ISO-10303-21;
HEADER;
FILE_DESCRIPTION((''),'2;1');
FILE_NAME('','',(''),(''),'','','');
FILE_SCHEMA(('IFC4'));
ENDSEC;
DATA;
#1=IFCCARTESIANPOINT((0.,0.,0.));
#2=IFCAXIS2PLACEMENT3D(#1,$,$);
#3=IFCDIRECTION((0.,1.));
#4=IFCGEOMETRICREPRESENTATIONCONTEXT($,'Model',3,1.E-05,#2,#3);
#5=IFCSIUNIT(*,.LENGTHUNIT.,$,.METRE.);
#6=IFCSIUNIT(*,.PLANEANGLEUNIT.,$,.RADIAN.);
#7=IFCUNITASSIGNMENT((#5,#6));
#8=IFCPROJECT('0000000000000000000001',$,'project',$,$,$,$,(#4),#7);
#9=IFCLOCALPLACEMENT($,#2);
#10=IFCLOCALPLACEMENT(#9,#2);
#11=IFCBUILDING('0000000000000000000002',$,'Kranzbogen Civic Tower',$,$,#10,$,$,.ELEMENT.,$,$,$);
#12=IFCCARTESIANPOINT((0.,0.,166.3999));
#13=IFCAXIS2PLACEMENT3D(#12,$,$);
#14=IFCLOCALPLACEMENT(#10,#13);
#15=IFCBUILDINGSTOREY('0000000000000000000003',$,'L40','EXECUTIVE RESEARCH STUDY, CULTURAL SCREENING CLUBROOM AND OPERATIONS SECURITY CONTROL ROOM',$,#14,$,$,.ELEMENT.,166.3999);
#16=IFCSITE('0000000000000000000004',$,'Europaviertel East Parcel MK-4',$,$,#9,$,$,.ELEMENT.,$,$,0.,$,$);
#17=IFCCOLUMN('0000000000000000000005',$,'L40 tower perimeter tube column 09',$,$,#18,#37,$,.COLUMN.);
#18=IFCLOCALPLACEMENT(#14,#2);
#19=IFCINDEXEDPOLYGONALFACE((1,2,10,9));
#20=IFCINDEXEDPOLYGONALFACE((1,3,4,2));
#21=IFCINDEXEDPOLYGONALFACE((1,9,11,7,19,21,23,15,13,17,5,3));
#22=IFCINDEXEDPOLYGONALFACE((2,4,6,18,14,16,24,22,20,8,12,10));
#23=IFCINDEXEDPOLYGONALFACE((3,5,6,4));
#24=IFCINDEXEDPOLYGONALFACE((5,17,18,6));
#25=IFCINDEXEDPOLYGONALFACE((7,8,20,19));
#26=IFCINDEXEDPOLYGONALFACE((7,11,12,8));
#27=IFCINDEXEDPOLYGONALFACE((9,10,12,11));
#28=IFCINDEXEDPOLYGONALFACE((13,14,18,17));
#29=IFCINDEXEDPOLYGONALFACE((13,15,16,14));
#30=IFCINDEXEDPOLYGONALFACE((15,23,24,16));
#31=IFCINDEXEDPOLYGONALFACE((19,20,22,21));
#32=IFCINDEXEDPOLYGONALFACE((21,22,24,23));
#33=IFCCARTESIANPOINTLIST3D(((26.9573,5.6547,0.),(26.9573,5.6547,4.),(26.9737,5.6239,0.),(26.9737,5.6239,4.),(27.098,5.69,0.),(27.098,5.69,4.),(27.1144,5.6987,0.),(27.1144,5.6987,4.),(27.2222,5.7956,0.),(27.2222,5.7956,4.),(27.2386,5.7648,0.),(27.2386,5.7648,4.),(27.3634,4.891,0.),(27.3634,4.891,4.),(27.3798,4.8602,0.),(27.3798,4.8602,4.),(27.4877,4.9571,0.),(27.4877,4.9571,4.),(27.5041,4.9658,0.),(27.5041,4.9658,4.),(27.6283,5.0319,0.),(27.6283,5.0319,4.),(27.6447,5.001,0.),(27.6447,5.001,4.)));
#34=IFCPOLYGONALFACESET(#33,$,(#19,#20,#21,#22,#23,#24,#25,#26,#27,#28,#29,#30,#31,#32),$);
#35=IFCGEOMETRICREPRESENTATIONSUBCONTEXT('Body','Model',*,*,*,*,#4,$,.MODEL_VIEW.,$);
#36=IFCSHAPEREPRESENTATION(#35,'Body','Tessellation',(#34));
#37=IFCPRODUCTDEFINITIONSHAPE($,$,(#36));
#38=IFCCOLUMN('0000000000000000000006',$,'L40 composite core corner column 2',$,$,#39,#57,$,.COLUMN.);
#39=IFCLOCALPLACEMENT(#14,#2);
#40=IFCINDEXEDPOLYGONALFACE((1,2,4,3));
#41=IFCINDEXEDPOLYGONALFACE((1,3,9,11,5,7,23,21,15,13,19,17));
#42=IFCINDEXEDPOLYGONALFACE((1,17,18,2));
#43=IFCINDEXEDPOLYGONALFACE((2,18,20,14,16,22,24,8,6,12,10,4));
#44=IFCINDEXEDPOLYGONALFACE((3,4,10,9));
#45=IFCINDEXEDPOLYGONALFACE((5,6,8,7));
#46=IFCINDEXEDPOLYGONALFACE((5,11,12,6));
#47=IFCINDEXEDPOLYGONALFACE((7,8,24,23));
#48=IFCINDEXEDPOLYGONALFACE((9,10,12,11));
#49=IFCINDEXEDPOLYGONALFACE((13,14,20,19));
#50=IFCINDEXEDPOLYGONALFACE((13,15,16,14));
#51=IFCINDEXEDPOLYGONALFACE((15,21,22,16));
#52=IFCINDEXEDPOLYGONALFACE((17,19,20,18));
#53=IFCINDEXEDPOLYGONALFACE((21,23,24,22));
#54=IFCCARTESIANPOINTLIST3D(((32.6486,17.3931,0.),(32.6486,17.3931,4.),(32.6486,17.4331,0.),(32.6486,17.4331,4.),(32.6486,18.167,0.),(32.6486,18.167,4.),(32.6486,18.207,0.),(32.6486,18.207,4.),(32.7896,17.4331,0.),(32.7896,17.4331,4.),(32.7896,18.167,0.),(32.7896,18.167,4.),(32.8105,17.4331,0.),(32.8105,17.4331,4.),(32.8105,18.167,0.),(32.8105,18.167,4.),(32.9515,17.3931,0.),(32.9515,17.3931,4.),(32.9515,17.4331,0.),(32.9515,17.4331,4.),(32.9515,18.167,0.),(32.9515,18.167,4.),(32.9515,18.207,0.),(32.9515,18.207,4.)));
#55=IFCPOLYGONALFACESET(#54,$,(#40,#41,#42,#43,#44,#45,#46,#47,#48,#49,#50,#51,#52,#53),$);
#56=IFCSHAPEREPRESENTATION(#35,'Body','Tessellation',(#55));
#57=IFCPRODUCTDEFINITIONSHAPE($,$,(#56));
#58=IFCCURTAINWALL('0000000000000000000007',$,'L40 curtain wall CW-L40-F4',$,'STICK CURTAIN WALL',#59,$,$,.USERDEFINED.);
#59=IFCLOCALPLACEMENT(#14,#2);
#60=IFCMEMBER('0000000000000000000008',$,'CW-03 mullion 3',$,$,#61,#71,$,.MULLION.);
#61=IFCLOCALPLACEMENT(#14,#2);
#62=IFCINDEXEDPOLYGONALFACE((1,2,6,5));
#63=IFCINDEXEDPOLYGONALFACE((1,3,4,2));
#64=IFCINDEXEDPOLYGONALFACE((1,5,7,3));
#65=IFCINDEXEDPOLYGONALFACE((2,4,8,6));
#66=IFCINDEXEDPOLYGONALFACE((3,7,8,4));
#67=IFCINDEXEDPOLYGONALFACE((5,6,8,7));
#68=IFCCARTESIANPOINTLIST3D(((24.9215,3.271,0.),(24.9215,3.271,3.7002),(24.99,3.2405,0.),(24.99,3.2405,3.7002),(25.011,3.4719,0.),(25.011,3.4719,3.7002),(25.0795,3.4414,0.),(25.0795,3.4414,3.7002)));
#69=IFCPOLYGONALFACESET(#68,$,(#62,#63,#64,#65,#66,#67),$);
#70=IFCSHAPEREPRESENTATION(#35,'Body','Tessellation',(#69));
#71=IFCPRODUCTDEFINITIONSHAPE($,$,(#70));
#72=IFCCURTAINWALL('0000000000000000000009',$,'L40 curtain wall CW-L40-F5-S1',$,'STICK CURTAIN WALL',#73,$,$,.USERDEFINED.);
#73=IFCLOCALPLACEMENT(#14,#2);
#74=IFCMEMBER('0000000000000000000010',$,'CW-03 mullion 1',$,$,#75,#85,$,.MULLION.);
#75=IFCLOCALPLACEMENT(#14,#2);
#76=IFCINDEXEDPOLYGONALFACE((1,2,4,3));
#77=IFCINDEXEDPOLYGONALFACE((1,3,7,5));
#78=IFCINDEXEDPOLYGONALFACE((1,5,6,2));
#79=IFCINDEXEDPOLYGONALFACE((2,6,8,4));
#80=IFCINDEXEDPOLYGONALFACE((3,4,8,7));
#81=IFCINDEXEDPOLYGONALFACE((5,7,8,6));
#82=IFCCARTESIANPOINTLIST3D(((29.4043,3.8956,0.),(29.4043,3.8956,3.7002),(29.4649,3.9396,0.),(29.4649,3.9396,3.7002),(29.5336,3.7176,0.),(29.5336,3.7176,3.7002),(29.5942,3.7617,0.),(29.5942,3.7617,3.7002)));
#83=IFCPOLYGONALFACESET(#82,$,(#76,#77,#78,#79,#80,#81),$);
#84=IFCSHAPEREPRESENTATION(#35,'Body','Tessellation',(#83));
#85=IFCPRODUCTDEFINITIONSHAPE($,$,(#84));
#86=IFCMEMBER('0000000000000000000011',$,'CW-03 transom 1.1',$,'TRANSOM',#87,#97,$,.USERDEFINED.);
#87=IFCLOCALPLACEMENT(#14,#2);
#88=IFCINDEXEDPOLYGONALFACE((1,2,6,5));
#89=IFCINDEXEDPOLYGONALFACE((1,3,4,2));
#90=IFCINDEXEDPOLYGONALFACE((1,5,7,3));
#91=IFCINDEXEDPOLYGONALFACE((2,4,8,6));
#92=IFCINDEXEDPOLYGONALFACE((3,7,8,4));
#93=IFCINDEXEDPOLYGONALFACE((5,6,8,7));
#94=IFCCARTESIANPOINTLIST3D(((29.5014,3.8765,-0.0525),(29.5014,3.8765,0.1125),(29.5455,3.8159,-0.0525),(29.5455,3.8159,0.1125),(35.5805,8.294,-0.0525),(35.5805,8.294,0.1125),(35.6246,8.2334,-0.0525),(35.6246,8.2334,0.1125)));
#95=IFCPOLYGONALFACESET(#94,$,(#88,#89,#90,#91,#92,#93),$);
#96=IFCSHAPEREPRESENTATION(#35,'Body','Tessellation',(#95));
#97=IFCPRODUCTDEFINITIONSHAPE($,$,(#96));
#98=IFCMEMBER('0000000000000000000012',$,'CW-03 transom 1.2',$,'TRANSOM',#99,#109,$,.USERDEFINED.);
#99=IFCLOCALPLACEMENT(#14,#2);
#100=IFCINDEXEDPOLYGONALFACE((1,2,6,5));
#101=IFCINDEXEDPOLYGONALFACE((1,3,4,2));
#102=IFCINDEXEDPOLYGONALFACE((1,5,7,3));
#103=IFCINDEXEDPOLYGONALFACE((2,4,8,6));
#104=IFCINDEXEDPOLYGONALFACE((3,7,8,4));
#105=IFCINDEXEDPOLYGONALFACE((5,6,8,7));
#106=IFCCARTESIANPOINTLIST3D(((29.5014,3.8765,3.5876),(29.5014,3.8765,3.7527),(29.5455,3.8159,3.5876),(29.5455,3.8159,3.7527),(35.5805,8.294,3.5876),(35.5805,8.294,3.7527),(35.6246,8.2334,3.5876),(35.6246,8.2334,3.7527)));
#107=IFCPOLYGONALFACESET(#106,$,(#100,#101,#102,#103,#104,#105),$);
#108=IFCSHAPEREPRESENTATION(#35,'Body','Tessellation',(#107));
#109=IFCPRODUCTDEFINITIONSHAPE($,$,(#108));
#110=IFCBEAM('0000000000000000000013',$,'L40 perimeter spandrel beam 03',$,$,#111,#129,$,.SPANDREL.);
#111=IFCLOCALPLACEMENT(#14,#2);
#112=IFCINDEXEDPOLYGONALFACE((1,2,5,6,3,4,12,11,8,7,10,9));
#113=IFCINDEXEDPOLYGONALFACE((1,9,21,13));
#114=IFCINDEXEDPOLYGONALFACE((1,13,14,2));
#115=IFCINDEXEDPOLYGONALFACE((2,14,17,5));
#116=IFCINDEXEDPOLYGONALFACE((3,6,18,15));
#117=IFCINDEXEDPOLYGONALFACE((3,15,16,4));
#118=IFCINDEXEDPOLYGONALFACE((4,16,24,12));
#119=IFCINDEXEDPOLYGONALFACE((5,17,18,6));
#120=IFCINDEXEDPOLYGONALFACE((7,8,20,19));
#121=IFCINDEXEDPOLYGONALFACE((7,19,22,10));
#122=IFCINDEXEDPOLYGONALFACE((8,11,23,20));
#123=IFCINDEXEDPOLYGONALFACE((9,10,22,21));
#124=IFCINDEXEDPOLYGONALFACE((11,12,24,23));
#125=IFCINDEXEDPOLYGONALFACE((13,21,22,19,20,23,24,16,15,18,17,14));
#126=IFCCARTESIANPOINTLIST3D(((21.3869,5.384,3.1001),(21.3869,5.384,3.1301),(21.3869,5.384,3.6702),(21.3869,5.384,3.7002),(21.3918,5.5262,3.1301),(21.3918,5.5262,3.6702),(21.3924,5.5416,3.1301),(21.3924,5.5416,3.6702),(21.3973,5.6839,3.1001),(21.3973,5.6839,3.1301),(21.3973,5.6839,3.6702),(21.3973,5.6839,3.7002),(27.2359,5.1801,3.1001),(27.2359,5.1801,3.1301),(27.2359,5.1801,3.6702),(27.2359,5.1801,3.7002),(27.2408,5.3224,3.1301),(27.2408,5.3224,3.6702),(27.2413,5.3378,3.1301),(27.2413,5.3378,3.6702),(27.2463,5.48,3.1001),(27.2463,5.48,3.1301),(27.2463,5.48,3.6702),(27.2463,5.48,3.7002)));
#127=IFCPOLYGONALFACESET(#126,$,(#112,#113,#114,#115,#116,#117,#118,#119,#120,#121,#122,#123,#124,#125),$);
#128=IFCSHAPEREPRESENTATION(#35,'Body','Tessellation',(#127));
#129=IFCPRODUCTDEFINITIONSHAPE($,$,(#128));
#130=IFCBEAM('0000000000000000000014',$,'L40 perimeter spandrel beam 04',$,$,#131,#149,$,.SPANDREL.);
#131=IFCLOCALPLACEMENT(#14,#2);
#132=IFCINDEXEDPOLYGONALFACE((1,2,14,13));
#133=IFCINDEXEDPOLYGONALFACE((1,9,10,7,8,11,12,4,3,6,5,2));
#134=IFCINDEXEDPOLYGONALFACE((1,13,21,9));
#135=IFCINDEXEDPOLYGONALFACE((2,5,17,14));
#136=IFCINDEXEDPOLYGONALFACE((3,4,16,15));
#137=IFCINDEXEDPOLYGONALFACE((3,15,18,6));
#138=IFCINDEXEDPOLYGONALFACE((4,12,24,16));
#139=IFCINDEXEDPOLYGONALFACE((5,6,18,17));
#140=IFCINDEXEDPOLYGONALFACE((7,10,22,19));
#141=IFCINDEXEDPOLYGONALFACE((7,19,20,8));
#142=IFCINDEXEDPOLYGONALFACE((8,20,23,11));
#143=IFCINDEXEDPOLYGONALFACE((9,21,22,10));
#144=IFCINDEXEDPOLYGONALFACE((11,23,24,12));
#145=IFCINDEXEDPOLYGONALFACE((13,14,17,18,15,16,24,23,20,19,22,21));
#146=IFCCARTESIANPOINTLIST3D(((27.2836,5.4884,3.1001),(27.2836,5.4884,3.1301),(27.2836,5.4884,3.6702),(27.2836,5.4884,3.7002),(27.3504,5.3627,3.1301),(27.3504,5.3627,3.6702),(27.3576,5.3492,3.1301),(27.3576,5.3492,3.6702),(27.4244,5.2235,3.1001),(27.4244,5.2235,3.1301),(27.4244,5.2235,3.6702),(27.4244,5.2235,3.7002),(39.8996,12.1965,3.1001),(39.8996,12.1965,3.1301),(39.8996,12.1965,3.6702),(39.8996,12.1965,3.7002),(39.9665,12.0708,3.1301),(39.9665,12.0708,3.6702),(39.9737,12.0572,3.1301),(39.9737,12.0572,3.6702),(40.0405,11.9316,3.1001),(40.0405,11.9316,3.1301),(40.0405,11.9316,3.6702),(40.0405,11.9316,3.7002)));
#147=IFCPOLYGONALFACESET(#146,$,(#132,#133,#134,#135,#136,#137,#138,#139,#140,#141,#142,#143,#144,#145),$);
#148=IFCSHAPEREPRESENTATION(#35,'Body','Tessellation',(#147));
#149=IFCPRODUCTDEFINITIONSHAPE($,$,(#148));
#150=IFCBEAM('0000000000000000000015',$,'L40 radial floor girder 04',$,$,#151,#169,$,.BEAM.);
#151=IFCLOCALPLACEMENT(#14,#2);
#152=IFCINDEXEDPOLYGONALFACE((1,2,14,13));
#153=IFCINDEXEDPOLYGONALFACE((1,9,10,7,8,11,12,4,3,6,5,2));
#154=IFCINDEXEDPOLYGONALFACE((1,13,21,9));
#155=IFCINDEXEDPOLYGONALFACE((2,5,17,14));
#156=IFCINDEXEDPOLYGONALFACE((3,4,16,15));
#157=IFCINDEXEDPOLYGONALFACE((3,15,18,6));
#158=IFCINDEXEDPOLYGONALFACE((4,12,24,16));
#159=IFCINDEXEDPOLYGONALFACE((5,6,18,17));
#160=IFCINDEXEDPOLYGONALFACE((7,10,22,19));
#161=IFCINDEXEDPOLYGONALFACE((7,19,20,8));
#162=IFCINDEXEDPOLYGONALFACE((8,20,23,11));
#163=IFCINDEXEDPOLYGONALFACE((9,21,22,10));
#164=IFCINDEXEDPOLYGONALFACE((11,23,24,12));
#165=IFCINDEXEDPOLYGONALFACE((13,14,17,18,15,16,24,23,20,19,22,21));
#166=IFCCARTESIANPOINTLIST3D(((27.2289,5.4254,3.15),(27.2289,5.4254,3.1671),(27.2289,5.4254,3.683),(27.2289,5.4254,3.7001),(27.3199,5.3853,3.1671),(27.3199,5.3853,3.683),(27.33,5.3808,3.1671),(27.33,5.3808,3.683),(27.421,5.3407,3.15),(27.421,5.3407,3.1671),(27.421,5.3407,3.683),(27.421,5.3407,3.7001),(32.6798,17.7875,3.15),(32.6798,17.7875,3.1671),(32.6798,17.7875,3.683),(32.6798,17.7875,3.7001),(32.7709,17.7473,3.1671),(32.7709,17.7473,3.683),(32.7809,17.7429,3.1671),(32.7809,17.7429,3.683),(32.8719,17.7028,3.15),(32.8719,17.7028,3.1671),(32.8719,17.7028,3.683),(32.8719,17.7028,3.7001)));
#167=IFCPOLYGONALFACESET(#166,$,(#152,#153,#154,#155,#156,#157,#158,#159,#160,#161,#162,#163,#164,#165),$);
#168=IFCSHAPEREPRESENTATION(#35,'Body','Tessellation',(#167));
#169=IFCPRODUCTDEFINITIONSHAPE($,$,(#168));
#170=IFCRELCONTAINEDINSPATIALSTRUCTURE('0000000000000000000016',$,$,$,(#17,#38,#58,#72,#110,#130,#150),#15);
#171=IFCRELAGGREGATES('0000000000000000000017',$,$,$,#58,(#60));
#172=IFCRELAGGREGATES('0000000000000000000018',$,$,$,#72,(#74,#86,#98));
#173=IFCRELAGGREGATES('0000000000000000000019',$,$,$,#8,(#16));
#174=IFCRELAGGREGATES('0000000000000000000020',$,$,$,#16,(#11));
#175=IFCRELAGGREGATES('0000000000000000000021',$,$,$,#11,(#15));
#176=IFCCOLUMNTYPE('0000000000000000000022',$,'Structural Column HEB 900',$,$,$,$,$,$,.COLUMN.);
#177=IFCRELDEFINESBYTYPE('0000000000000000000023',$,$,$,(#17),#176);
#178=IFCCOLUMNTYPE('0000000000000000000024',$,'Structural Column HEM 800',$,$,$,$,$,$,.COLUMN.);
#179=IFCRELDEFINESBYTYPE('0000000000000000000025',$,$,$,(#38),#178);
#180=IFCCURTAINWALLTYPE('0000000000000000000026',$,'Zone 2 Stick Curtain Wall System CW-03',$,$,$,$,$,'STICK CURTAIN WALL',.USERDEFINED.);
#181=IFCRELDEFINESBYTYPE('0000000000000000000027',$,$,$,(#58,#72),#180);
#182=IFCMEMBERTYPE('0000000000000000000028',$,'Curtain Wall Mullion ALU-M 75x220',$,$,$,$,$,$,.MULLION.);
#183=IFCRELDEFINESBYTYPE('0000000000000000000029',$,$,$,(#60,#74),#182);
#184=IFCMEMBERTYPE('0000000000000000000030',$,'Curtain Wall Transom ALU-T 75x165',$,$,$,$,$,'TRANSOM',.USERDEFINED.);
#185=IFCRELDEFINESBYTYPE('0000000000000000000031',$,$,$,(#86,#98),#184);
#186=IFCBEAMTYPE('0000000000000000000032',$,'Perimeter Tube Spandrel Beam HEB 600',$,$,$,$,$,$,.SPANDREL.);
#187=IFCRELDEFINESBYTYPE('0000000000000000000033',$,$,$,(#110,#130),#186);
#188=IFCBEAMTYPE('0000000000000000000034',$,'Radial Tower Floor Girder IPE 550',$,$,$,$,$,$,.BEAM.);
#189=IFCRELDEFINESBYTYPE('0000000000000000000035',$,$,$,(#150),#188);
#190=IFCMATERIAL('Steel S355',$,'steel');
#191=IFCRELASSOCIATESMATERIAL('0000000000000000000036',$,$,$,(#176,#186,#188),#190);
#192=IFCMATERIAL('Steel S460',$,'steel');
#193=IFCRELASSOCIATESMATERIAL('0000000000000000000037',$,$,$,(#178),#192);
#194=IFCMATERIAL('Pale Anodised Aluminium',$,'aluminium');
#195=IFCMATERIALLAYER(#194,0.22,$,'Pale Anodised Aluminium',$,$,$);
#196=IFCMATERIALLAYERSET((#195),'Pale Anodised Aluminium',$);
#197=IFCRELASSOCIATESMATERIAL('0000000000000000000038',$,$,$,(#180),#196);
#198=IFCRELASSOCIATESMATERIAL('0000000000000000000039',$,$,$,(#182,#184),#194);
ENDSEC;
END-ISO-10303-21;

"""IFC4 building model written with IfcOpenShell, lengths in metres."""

from ifc_helpers import new_model, si_unit, direction, frame, origin, origin_2d, place, context, subcontext, project, spatial, rectangle, i_section, extrude, material, layer, layer_set, material_profile, profile_set, type_object, element, aggregate, save


model = new_model("IFC4")

# Units and contexts
model_context = context("Model", 3, precision=1e-05, world=origin(), true_north=direction((0.0, 1.0)))
body_context = subcontext(model_context, "Body", "Model", "MODEL_VIEW")
ifc_project = project(units=[si_unit("LENGTHUNIT", "METRE"), si_unit("PLANEANGLEUNIT", "RADIAN")], contexts=[model_context])

# Site, building, storey
site_placement = place(None, origin())
site = spatial("IfcSite", under=ifc_project, at=site_placement, Name="Europaviertel East Parcel MK-4", CompositionType="ELEMENT", RefElevation=0.0)
building_placement = place(site_placement, origin())
building = spatial("IfcBuilding", under=site, at=building_placement, Name="Kranzbogen Civic Tower", CompositionType="ELEMENT")
storey_placement = place(building_placement, frame((0.0, 0.0, 166.3999)))
storey = spatial("IfcBuildingStorey", under=building, at=storey_placement, Name="L40", Description="EXECUTIVE RESEARCH STUDY, CULTURAL SCREENING CLUBROOM AND OPERATIONS SECURITY CONTROL ROOM", CompositionType="ELEMENT", Elevation=166.3999)

# Columns
ifc_material_1 = material(Name="Steel S355", Category="steel")
ifc_material_profile_1 = material_profile(ifc_material_1, i_section(OverallWidth=0.3, OverallDepth=0.8999, WebThickness=0.0186, FlangeThickness=0.0349, at=origin_2d()), Name="HEB 900")
ifc_profile_set_1 = profile_set([ifc_material_profile_1], Name="Steel S355")
column_type_1 = type_object("IfcColumnType", Name="Structural Column HEB 900", PredefinedType="COLUMN", material=ifc_profile_set_1)
column_1_placement = place(storey_placement, frame((27.301, 5.3279, 0.0), z_axis=(0.0, 0.0, 1.0), x_axis=(0.882948, 0.469472, 0.0)))
element("IfcColumn", 1, at=column_1_placement, inside=storey, type_object=column_type_1, Name="L40 tower perimeter tube column 09", PredefinedType="COLUMN", context=body_context, shape_type="SweptSolid", body=[
    extrude(i_section(OverallWidth=0.3, OverallDepth=0.8999, WebThickness=0.0186, FlangeThickness=0.0349, at=origin_2d()), origin(), (0.0, 0.0, 1.0), 4.0),
])
ifc_material_2 = material(Name="Steel S460", Category="steel")
ifc_material_profile_2 = material_profile(ifc_material_2, i_section(OverallWidth=0.303, OverallDepth=0.814, WebThickness=0.021, FlangeThickness=0.04, at=origin_2d()), Name="HEM 800")
ifc_profile_set_2 = profile_set([ifc_material_profile_2], Name="Steel S460")
column_type_2 = type_object("IfcColumnType", Name="Structural Column HEM 800", PredefinedType="COLUMN", material=ifc_profile_set_2)
column_2_placement = place(storey_placement, frame((32.8, 17.8, 0.0), z_axis=(0.0, 0.0, 1.0), x_axis=(1.0, 0.0, 0.0)))
element("IfcColumn", 2, at=column_2_placement, inside=storey, type_object=column_type_2, Name="L40 composite core corner column 2", PredefinedType="COLUMN", context=body_context, shape_type="SweptSolid", body=[
    extrude(i_section(OverallWidth=0.303, OverallDepth=0.814, WebThickness=0.021, FlangeThickness=0.04, at=origin_2d()), origin(), (0.0, 0.0, 1.0), 4.0),
])

# Curtain wall, member
ifc_material_3 = material(Name="Pale Anodised Aluminium", Category="aluminium")
ifc_layer_1 = layer(ifc_material_3, 0.22, Name="Pale Anodised Aluminium")
ifc_layer_set_1 = layer_set([ifc_layer_1], Name="Pale Anodised Aluminium")
curtain_wall_type = type_object("IfcCurtainWallType", Name="Zone 2 Stick Curtain Wall System CW-03", ElementType="STICK CURTAIN WALL", PredefinedType="USERDEFINED", material=ifc_layer_set_1)
curtain_wall_1_placement = place(storey_placement, origin())
curtain_wall_1 = element("IfcCurtainWall", 3, at=curtain_wall_1_placement, inside=storey, type_object=curtain_wall_type, Name="L40 curtain wall CW-L40-F4", ObjectType="STICK CURTAIN WALL", PredefinedType="USERDEFINED")
ifc_material_profile_3 = material_profile(ifc_material_3, rectangle(XDim=0.075, YDim=0.22, at=origin_2d()), Name="ALU-M 75x220")
ifc_profile_set_3 = profile_set([ifc_material_profile_3], Name="Pale Anodised Aluminium")
member_type_1 = type_object("IfcMemberType", Name="Curtain Wall Mullion ALU-M 75x220", PredefinedType="MULLION", material=ifc_profile_set_3)
member_1_placement = place(storey_placement, frame((25.0005, 3.3562, 0.0), z_axis=(0.0, 0.0, 1.0), x_axis=(0.913534, -0.406763, 0.0)))
member_1 = element("IfcMember", 4, at=member_1_placement, type_object=member_type_1, Name="CW-03 mullion 3", PredefinedType="MULLION", context=body_context, shape_type="SweptSolid", body=[
    extrude(rectangle(XDim=0.075, YDim=0.22, at=origin_2d()), origin(), (0.0, 0.0, 1.0), 3.7002),
])
aggregate(curtain_wall_1, [member_1])

# Curtain wall, members
curtain_wall_2_placement = place(storey_placement, origin())
curtain_wall_2 = element("IfcCurtainWall", 5, at=curtain_wall_2_placement, inside=storey, type_object=curtain_wall_type, Name="L40 curtain wall CW-L40-F5-S1", ObjectType="STICK CURTAIN WALL", PredefinedType="USERDEFINED")
member_2_placement = place(storey_placement, frame((29.4993, 3.8286, 0.0), z_axis=(0.0, 0.0, 1.0), x_axis=(0.808963, 0.58786, 0.0)))
member_2 = element("IfcMember", 6, at=member_2_placement, type_object=member_type_1, Name="CW-03 mullion 1", PredefinedType="MULLION", context=body_context, shape_type="SweptSolid", body=[
    extrude(rectangle(XDim=0.075, YDim=0.22, at=origin_2d()), origin(), (0.0, 0.0, 1.0), 3.7002),
])
ifc_material_profile_4 = material_profile(ifc_material_3, rectangle(XDim=0.075, YDim=0.165, at=origin_2d()), Name="ALU-T 75x165")
ifc_profile_set_4 = profile_set([ifc_material_profile_4], Name="Pale Anodised Aluminium")
member_type_2 = type_object("IfcMemberType", Name="Curtain Wall Transom ALU-T 75x165", ElementType="TRANSOM", PredefinedType="USERDEFINED", material=ifc_profile_set_4)
member_3_placement = place(storey_placement, frame((29.5234, 3.8462, 0.03), z_axis=(0.808969, 0.587851, 0.0), x_axis=(-0.587851, 0.808969, 0.0)))
member_3 = element("IfcMember", 7, at=member_3_placement, type_object=member_type_2, Name="CW-03 transom 1.1", ObjectType="TRANSOM", PredefinedType="USERDEFINED", context=body_context, shape_type="SweptSolid", body=[
    extrude(rectangle(XDim=0.075, YDim=0.165, at=origin_2d()), origin(), (0.0, 0.0, 1.0), 7.5146),
])
member_4_placement = place(storey_placement, frame((29.5234, 3.8462, 3.6702), z_axis=(0.808969, 0.587851, 0.0), x_axis=(-0.587851, 0.808969, 0.0)))
member_4 = element("IfcMember", 8, at=member_4_placement, type_object=member_type_2, Name="CW-03 transom 1.2", ObjectType="TRANSOM", PredefinedType="USERDEFINED", context=body_context, shape_type="SweptSolid", body=[
    extrude(rectangle(XDim=0.075, YDim=0.165, at=origin_2d()), origin(), (0.0, 0.0, 1.0), 7.5146),
])

# Beams
ifc_material_profile_5 = material_profile(ifc_material_1, i_section(OverallWidth=0.3, OverallDepth=0.6001, WebThickness=0.0154, FlangeThickness=0.03, at=origin_2d()), Name="HEB 600")
ifc_profile_set_5 = profile_set([ifc_material_profile_5], Name="Steel S355")
beam_type_1 = type_object("IfcBeamType", Name="Perimeter Tube Spandrel Beam HEB 600", PredefinedType="SPANDREL", material=ifc_profile_set_5)
beam_1_placement = place(storey_placement, frame((21.3921, 5.5339, 3.4001), z_axis=(0.999393, -0.034833, 0.0), x_axis=(0.034833, 0.999393, 0.0)))
element("IfcBeam", 9, at=beam_1_placement, inside=storey, type_object=beam_type_1, Name="L40 perimeter spandrel beam 03", PredefinedType="SPANDREL", context=body_context, shape_type="SweptSolid", body=[
    extrude(i_section(OverallWidth=0.3, OverallDepth=0.6001, WebThickness=0.0154, FlangeThickness=0.03, at=origin_2d()), origin(), (0.0, 0.0, 1.0), 5.8525),
])
beam_2_placement = place(storey_placement, frame((27.354, 5.356, 3.4001), z_axis=(0.882948, 0.46947, 0.0), x_axis=(-0.46947, 0.882948, 0.0)))
element("IfcBeam", 10, at=beam_2_placement, inside=storey, type_object=beam_type_1, Name="L40 perimeter spandrel beam 04", PredefinedType="SPANDREL", context=body_context, shape_type="SweptSolid", body=[
    extrude(i_section(OverallWidth=0.3, OverallDepth=0.6001, WebThickness=0.0154, FlangeThickness=0.03, at=origin_2d()), origin(), (0.0, 0.0, 1.0), 14.2886),
])
ifc_material_profile_6 = material_profile(ifc_material_1, i_section(OverallWidth=0.21, OverallDepth=0.55, WebThickness=0.011, FlangeThickness=0.0171, at=origin_2d()), Name="IPE 550")
ifc_profile_set_6 = profile_set([ifc_material_profile_6], Name="Steel S355")
beam_type_2 = type_object("IfcBeamType", Name="Radial Tower Floor Girder IPE 550", PredefinedType="BEAM", material=ifc_profile_set_6)
beam_3_placement = place(storey_placement, frame((27.325, 5.3831, 3.425), z_axis=(0.403459, 0.914998, 0.0), x_axis=(-0.914998, 0.403459, 0.0)))
element("IfcBeam", 11, at=beam_3_placement, inside=storey, type_object=beam_type_2, Name="L40 radial floor girder 04", PredefinedType="BEAM", context=body_context, shape_type="SweptSolid", body=[
    extrude(i_section(OverallWidth=0.21, OverallDepth=0.55, WebThickness=0.011, FlangeThickness=0.0171, at=origin_2d()), origin(), (0.0, 0.0, 1.0), 13.5105),
])

aggregate(curtain_wall_2, [member_2, member_3, member_4])

save(model, "model.ifc")
